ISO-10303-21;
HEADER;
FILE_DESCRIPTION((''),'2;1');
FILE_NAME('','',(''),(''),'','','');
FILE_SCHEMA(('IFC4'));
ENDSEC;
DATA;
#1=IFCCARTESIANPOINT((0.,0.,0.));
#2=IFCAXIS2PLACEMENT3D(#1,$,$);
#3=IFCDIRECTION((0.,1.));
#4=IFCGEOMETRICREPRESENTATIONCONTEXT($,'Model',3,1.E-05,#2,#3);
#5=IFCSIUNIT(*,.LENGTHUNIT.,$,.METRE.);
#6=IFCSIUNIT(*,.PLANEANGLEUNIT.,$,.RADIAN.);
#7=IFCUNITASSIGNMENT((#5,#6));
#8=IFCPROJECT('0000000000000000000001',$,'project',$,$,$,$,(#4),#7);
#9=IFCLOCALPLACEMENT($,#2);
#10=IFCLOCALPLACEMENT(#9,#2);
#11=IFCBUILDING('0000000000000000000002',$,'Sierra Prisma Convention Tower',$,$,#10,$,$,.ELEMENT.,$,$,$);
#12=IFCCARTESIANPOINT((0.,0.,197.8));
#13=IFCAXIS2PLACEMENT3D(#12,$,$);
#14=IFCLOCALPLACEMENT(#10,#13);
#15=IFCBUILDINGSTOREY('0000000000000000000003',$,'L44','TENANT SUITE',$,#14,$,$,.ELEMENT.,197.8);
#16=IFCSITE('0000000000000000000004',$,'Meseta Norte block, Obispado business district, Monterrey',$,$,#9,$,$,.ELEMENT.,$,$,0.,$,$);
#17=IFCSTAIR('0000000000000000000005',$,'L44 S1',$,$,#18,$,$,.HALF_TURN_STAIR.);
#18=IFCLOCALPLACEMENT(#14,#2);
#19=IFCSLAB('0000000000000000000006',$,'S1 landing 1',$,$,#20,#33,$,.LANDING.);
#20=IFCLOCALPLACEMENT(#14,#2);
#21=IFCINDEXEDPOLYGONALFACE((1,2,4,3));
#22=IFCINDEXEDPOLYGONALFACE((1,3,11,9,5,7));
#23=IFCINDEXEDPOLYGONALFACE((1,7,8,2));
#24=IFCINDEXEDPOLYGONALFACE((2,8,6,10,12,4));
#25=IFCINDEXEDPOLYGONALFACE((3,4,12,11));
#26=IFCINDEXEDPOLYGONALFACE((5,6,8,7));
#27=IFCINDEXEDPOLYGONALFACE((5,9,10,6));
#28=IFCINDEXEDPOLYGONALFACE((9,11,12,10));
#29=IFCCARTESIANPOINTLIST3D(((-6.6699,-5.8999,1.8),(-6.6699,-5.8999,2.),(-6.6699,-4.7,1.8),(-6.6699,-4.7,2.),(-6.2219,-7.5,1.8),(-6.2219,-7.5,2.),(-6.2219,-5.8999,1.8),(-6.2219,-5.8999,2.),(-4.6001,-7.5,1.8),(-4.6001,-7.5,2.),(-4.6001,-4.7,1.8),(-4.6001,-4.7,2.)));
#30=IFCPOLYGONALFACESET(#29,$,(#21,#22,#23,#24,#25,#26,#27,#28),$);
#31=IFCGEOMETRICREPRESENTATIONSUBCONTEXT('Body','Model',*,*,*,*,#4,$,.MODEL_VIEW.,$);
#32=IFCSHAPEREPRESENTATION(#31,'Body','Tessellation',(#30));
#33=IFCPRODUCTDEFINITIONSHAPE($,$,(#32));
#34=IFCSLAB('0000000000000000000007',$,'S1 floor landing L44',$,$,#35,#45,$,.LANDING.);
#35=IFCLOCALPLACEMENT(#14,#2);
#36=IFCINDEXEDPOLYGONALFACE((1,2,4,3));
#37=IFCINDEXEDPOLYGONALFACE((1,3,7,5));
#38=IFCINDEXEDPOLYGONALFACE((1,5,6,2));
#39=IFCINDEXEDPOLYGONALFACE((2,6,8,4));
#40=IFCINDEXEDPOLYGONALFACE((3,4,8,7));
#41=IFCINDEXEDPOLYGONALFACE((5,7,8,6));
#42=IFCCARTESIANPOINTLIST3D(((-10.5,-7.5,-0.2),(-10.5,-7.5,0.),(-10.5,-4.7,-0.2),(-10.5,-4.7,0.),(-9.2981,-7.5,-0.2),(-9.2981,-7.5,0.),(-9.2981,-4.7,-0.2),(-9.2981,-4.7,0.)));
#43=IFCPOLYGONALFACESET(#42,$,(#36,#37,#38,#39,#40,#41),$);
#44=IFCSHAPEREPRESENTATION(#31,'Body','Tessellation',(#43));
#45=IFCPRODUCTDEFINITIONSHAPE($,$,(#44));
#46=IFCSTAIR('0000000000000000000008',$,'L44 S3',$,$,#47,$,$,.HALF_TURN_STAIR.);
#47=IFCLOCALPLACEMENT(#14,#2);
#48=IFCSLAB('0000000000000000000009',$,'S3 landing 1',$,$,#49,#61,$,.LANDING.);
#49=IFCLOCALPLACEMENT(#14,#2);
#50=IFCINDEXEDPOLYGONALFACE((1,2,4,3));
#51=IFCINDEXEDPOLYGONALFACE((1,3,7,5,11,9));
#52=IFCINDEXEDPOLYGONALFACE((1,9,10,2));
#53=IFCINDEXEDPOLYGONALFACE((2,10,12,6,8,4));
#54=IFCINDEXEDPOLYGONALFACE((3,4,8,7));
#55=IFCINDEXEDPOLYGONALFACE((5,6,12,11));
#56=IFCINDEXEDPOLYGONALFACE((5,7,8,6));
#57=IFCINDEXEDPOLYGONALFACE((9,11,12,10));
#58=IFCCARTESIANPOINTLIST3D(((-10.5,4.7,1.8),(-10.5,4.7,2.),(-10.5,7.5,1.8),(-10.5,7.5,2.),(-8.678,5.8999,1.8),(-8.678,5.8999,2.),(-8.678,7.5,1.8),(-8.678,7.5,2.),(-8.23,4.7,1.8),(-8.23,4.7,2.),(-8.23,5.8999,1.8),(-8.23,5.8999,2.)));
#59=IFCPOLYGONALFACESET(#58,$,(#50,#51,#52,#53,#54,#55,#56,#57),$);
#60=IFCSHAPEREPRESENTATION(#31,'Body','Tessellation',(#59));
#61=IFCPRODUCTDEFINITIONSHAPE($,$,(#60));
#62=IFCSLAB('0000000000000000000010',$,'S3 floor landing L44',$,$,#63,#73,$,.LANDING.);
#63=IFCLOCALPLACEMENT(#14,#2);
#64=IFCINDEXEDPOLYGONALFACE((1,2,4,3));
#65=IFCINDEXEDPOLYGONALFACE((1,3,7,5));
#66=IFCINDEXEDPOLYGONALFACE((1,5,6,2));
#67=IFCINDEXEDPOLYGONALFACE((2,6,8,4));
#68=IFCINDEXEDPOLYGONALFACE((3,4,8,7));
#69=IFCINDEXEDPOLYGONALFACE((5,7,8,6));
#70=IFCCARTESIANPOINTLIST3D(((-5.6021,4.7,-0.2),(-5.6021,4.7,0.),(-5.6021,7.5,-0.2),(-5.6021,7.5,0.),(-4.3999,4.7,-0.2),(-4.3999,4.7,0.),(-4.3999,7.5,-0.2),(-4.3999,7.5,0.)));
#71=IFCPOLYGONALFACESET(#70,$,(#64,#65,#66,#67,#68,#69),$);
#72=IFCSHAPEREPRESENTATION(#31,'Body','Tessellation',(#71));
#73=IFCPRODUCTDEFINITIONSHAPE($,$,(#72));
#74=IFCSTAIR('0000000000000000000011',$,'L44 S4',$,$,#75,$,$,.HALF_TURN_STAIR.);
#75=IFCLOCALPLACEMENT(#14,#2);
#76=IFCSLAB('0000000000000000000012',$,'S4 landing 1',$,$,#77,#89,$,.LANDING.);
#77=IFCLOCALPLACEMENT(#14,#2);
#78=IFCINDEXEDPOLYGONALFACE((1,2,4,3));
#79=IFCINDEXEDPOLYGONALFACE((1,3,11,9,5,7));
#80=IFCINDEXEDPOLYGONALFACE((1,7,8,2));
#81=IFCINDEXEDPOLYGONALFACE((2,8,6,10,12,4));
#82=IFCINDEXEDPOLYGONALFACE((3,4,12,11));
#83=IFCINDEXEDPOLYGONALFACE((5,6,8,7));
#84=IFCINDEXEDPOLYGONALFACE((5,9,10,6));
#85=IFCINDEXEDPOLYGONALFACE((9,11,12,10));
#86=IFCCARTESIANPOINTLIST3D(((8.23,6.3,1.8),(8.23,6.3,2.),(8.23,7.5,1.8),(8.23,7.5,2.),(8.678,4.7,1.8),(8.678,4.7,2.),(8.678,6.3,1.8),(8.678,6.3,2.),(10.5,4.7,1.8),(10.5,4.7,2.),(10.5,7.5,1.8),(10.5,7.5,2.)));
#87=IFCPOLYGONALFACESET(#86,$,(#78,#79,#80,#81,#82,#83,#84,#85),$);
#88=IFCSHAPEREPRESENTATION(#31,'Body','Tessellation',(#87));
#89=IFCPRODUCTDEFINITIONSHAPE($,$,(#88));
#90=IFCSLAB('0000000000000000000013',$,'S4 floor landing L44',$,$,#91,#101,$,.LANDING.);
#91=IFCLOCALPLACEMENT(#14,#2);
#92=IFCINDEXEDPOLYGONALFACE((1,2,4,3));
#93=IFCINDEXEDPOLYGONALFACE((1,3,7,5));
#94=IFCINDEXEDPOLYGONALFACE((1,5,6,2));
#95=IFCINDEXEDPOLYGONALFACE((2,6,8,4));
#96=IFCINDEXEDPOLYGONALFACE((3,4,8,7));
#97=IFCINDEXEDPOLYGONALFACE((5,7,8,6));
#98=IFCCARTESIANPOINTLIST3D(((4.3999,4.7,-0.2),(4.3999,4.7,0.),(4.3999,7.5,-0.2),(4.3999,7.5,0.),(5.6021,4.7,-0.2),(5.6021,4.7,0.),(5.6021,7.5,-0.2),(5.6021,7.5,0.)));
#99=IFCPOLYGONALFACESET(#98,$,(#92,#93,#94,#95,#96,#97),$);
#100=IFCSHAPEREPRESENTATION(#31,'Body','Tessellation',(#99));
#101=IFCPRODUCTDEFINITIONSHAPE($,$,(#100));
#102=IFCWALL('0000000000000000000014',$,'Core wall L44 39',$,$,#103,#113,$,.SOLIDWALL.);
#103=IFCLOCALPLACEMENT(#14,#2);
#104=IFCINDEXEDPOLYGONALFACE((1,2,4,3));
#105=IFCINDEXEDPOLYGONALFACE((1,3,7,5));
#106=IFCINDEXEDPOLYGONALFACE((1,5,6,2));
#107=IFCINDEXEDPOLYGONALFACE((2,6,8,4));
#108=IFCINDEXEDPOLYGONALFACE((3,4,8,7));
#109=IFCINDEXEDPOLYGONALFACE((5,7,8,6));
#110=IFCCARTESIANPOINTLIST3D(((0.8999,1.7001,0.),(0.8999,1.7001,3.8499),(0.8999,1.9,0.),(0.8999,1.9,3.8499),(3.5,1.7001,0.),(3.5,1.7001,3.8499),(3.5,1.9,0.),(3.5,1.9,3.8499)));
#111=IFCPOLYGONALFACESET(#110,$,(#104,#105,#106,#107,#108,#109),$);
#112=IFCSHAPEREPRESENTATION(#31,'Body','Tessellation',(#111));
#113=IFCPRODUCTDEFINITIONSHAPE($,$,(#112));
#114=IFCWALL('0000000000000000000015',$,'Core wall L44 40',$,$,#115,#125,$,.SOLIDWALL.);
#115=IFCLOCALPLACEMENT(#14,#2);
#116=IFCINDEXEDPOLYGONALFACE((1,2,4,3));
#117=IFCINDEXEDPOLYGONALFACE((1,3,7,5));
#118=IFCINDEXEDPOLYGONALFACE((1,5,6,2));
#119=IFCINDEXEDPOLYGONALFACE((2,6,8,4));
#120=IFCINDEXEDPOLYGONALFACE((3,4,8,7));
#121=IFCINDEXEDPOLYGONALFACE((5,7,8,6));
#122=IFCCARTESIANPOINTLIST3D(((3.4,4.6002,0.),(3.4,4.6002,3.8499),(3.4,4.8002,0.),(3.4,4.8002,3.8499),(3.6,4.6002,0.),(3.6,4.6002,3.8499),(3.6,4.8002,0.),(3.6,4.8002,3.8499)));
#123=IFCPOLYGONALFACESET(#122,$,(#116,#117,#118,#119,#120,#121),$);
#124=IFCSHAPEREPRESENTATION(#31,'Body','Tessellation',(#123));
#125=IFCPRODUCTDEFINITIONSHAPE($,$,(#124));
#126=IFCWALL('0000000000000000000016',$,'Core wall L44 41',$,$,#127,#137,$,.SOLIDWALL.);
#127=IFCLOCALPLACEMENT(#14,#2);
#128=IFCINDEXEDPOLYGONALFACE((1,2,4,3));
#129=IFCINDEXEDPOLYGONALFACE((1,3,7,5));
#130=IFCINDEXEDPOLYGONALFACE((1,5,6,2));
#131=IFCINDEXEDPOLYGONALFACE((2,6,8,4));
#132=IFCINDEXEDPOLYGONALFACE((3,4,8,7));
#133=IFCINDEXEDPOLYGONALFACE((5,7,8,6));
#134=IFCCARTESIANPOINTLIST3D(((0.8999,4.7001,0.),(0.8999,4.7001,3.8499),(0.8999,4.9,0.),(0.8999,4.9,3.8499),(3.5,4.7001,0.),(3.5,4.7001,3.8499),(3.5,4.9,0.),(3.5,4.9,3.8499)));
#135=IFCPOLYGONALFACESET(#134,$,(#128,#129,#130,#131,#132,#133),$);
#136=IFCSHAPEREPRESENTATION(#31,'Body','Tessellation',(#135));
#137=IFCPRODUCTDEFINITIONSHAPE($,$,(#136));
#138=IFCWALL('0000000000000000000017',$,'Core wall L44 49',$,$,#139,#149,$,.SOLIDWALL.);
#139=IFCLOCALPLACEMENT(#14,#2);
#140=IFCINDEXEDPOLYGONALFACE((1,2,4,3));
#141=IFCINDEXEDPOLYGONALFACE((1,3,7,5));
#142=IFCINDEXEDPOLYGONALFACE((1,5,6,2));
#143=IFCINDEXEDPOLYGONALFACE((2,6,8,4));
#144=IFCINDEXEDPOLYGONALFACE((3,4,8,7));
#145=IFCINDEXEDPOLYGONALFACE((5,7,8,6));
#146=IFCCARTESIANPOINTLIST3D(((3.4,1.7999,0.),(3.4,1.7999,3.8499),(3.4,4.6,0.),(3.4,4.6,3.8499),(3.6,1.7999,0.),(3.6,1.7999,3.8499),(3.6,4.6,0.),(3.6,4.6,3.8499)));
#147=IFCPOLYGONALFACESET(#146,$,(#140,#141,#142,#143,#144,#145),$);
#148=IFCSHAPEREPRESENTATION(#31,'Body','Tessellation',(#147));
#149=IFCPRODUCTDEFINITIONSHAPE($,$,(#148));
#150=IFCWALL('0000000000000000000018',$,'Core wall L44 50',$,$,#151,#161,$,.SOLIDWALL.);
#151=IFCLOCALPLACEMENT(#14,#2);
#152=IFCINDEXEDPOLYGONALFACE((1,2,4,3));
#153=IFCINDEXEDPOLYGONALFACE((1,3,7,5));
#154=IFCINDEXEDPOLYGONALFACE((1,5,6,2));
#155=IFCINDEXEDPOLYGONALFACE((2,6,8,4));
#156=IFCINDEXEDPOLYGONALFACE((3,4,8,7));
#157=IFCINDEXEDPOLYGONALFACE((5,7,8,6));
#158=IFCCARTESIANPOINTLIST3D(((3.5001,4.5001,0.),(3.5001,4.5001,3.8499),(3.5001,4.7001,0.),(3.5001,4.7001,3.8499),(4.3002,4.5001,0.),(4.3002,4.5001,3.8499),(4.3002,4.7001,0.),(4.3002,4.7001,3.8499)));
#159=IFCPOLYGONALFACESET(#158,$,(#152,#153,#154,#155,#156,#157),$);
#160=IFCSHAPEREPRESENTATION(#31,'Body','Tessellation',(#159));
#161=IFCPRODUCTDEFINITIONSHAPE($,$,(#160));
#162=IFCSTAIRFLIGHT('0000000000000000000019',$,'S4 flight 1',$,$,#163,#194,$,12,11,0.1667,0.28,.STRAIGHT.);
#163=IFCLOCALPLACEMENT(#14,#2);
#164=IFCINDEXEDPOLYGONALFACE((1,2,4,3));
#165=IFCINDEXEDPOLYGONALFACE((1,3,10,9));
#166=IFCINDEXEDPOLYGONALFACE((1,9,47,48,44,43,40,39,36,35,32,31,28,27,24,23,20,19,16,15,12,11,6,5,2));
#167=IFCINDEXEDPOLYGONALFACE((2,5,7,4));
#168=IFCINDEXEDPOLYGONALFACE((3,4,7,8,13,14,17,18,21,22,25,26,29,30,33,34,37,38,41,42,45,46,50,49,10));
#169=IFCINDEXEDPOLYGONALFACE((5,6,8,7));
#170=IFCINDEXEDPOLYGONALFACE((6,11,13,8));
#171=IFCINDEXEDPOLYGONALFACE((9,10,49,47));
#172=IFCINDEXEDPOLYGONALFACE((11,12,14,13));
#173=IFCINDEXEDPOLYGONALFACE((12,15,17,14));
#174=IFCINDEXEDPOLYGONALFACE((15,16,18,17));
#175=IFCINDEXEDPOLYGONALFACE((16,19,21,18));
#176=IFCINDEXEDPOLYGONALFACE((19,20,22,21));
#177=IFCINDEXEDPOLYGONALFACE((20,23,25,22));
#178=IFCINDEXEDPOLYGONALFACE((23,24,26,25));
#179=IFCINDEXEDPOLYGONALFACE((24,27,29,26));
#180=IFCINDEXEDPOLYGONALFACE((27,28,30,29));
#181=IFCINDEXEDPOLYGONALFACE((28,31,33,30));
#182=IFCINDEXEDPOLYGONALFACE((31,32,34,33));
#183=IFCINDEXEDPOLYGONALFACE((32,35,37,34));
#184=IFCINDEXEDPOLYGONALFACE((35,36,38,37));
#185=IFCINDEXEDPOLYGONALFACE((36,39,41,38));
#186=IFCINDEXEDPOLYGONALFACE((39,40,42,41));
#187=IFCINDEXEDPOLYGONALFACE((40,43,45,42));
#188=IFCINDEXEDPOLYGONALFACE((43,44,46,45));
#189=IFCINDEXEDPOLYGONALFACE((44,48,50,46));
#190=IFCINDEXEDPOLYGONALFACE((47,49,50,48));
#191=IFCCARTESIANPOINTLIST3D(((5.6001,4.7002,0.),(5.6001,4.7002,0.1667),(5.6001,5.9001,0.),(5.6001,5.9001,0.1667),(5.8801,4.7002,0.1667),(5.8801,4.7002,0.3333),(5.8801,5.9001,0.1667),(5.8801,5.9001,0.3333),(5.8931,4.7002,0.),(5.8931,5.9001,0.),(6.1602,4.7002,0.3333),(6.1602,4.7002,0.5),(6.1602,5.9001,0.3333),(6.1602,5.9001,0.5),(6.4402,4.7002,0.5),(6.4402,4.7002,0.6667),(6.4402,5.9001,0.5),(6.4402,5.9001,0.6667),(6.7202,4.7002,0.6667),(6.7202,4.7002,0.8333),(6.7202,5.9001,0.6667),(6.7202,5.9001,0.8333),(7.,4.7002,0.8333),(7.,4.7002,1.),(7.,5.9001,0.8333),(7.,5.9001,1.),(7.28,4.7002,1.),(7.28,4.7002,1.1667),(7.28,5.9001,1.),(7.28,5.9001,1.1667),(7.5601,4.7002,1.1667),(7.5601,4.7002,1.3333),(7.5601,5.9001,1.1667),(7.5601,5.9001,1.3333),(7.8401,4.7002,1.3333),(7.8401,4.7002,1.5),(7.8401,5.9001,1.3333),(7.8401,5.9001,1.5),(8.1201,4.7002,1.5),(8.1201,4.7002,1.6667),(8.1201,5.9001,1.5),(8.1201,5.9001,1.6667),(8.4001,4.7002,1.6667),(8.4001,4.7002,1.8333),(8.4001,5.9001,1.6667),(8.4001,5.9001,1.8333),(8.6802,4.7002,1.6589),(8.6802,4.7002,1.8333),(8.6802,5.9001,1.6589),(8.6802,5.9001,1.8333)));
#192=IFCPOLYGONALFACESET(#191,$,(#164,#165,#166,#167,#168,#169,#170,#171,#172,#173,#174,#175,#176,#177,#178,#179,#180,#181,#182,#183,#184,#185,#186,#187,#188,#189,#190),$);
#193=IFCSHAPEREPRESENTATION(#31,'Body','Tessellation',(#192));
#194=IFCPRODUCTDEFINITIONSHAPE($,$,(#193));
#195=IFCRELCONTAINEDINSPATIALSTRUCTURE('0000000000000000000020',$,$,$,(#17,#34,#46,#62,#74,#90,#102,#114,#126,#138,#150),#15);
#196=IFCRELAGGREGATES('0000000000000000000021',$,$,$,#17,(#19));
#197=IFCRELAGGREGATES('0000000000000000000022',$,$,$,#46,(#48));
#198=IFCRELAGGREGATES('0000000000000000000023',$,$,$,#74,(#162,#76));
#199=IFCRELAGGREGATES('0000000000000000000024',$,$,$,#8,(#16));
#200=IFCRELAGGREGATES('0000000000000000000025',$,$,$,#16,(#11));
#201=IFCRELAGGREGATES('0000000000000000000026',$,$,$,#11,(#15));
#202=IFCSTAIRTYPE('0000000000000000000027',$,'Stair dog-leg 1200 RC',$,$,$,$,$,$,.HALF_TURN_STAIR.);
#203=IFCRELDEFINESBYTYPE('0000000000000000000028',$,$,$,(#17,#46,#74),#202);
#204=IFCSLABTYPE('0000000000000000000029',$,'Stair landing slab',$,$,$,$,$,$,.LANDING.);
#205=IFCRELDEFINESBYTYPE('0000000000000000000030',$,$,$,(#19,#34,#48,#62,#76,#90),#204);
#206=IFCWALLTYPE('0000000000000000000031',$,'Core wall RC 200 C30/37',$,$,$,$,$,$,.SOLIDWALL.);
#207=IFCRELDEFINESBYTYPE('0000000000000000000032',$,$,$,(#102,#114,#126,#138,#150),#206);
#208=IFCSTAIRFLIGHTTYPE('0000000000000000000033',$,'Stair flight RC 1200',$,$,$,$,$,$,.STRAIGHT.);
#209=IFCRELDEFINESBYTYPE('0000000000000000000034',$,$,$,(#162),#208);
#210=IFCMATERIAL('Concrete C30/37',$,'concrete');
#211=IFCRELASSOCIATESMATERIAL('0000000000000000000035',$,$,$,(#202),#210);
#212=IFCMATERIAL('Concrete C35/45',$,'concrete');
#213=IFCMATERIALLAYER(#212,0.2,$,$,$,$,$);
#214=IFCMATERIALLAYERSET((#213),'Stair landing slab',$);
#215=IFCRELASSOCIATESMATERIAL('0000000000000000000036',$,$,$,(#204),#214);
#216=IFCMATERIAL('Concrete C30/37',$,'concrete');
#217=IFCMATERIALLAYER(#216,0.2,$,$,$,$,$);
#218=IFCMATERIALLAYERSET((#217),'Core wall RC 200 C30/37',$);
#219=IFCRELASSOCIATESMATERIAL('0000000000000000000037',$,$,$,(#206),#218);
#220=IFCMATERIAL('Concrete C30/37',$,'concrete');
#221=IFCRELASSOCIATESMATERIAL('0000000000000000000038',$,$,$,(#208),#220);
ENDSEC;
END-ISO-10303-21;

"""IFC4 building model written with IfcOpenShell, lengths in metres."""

from ifc_helpers import new_model, si_unit, direction, frame, frame_2d, origin, place, context, subcontext, project, spatial, polyline, rectangle, outline, extrude, material, layer, layer_set, type_object, element, aggregate, save


model = new_model("IFC4")

# Units and contexts
model_context = context("Model", 3, precision=1e-05, world=origin(), true_north=direction((0.0, 1.0)))
body_context = subcontext(model_context, "Body", "Model", "MODEL_VIEW")
ifc_project = project(units=[si_unit("LENGTHUNIT", "METRE"), si_unit("PLANEANGLEUNIT", "RADIAN")], contexts=[model_context])

# Site, building, storey
site_placement = place(None, origin())
site = spatial("IfcSite", under=ifc_project, at=site_placement, Name="Meseta Norte block, Obispado business district, Monterrey", CompositionType="ELEMENT", RefElevation=0.0)
building_placement = place(site_placement, origin())
building = spatial("IfcBuilding", under=site, at=building_placement, Name="Sierra Prisma Convention Tower", CompositionType="ELEMENT")
storey_placement = place(building_placement, frame((0.0, 0.0, 197.8)))
storey = spatial("IfcBuildingStorey", under=building, at=storey_placement, Name="L44", Description="TENANT SUITE", CompositionType="ELEMENT", Elevation=197.8)

# Stair, slab
ifc_material_1 = material(Name="Concrete C30/37", Category="concrete")
stair_type = type_object("IfcStairType", Name="Stair dog-leg 1200 RC", PredefinedType="HALF_TURN_STAIR", material=ifc_material_1)
stair_1_placement = place(storey_placement, origin())
stair_1 = element("IfcStair", 1, at=stair_1_placement, inside=storey, type_object=stair_type, Name="L44 S1", PredefinedType="HALF_TURN_STAIR")
ifc_material_2 = material(Name="Concrete C35/45", Category="concrete")
ifc_layer_1 = layer(ifc_material_2, 0.2)
ifc_layer_set_1 = layer_set([ifc_layer_1], Name="Stair landing slab")
slab_type = type_object("IfcSlabType", Name="Stair landing slab", PredefinedType="LANDING", material=ifc_layer_set_1)
slab_1_placement = place(storey_placement, frame((0.0, 0.0, 1.8)))
slab_1 = element("IfcSlab", 2, at=slab_1_placement, type_object=slab_type, Name="S1 landing 1", PredefinedType="LANDING", context=body_context, shape_type="SweptSolid", body=[
    extrude(outline(polyline([(-4.6001, -4.7), (-4.6001, -7.5), (-6.2219, -7.5), (-6.2219, -5.8999), (-6.6699, -5.8999), (-6.6699, -4.7), (-4.6001, -4.7)])), origin(), (0.0, 0.0, 1.0), 0.2),
])
aggregate(stair_1, [slab_1])

# Slab
slab_2_placement = place(storey_placement, frame((0.0, 0.0, -0.2)))
element("IfcSlab", 3, at=slab_2_placement, inside=storey, type_object=slab_type, Name="S1 floor landing L44", PredefinedType="LANDING", context=body_context, shape_type="SweptSolid", body=[
    extrude(outline(polyline([(-10.5, -7.5), (-9.2981, -7.5), (-9.2981, -4.7), (-10.5, -4.7), (-10.5, -7.5)])), origin(), (0.0, 0.0, 1.0), 0.2),
])

# Stair, slab
stair_2_placement = place(storey_placement, origin())
stair_2 = element("IfcStair", 4, at=stair_2_placement, inside=storey, type_object=stair_type, Name="L44 S3", PredefinedType="HALF_TURN_STAIR")
slab_3_placement = place(storey_placement, frame((0.0, 0.0, 1.8)))
slab_3 = element("IfcSlab", 5, at=slab_3_placement, type_object=slab_type, Name="S3 landing 1", PredefinedType="LANDING", context=body_context, shape_type="SweptSolid", body=[
    extrude(outline(polyline([(-8.23, 5.8999), (-8.23, 4.7), (-10.5, 4.7), (-10.5, 7.5), (-8.678, 7.5), (-8.678, 5.8999), (-8.23, 5.8999)])), origin(), (0.0, 0.0, 1.0), 0.2),
])
aggregate(stair_2, [slab_3])

# Slab
slab_4_placement = place(storey_placement, frame((0.0, 0.0, -0.2)))
element("IfcSlab", 6, at=slab_4_placement, inside=storey, type_object=slab_type, Name="S3 floor landing L44", PredefinedType="LANDING", context=body_context, shape_type="SweptSolid", body=[
    extrude(outline(polyline([(-4.3999, 7.5), (-5.6021, 7.5), (-5.6021, 4.7), (-4.3999, 4.7), (-4.3999, 7.5)])), origin(), (0.0, 0.0, 1.0), 0.2),
])

# Stair, slab
stair_3_placement = place(storey_placement, origin())
stair_3 = element("IfcStair", 7, at=stair_3_placement, inside=storey, type_object=stair_type, Name="L44 S4", PredefinedType="HALF_TURN_STAIR")
slab_5_placement = place(storey_placement, frame((0.0, 0.0, 1.8)))
slab_5 = element("IfcSlab", 8, at=slab_5_placement, type_object=slab_type, Name="S4 landing 1", PredefinedType="LANDING", context=body_context, shape_type="SweptSolid", body=[
    extrude(outline(polyline([(10.5, 7.5), (10.5, 4.7), (8.678, 4.7), (8.678, 6.3), (8.23, 6.3), (8.23, 7.5), (10.5, 7.5)])), origin(), (0.0, 0.0, 1.0), 0.2),
])

# Slab
slab_6_placement = place(storey_placement, frame((0.0, 0.0, -0.2)))
element("IfcSlab", 9, at=slab_6_placement, inside=storey, type_object=slab_type, Name="S4 floor landing L44", PredefinedType="LANDING", context=body_context, shape_type="SweptSolid", body=[
    extrude(outline(polyline([(4.3999, 4.7), (5.6021, 4.7), (5.6021, 7.5), (4.3999, 7.5), (4.3999, 4.7)])), origin(), (0.0, 0.0, 1.0), 0.2),
])

# Shared definitions
ifc_material_3 = material(Name="Concrete C30/37", Category="concrete")
ifc_layer_2 = layer(ifc_material_3, 0.2)
ifc_layer_set_2 = layer_set([ifc_layer_2], Name="Core wall RC 200 C30/37")
wall_type = type_object("IfcWallType", Name="Core wall RC 200 C30/37", PredefinedType="SOLIDWALL", material=ifc_layer_set_2)

# Walls
wall_1_placement = place(storey_placement, frame((3.5, 1.8, 0.0), z_axis=(0.0, 0.0, 1.0), x_axis=(-1.0, 0.0, 0.0)))
element("IfcWall", 10, at=wall_1_placement, inside=storey, type_object=wall_type, Name="Core wall L44 39", PredefinedType="SOLIDWALL", context=body_context, shape_type="SweptSolid", body=[
    extrude(rectangle(XDim=2.6001, YDim=0.2, at=frame_2d((1.3, 0.0))), origin(), (0.0, 0.0, 1.0), 3.8499),
])
wall_2_placement = place(storey_placement, frame((3.5, 4.6001, 0.0), z_axis=(0.0, 0.0, 1.0), x_axis=(0.0, 1.0, 0.0)))
element("IfcWall", 11, at=wall_2_placement, inside=storey, type_object=wall_type, Name="Core wall L44 40", PredefinedType="SOLIDWALL", context=body_context, shape_type="SweptSolid", body=[
    extrude(rectangle(XDim=0.2, YDim=0.2, at=frame_2d((0.1001, 0.0))), origin(), (0.0, 0.0, 1.0), 3.8499),
])
wall_3_placement = place(storey_placement, frame((3.5, 4.8, 0.0), z_axis=(0.0, 0.0, 1.0), x_axis=(-1.0, 0.0, 0.0)))
element("IfcWall", 12, at=wall_3_placement, inside=storey, type_object=wall_type, Name="Core wall L44 41", PredefinedType="SOLIDWALL", context=body_context, shape_type="SweptSolid", body=[
    extrude(rectangle(XDim=2.6001, YDim=0.2, at=frame_2d((1.3, 0.0))), origin(), (0.0, 0.0, 1.0), 3.8499),
])

# Walls
wall_4_placement = place(storey_placement, frame((3.5, 1.8, 0.0), z_axis=(0.0, 0.0, 1.0), x_axis=(0.0, 1.0, 0.0)))
element("IfcWall", 13, at=wall_4_placement, inside=storey, type_object=wall_type, Name="Core wall L44 49", PredefinedType="SOLIDWALL", context=body_context, shape_type="SweptSolid", body=[
    extrude(rectangle(XDim=2.8, YDim=0.2, at=frame_2d((1.3999, 0.0))), origin(), (0.0, 0.0, 1.0), 3.8499),
])
wall_5_placement = place(storey_placement, frame((4.3, 4.6001, 0.0), z_axis=(0.0, 0.0, 1.0), x_axis=(-1.0, 0.0, 0.0)))
element("IfcWall", 14, at=wall_5_placement, inside=storey, type_object=wall_type, Name="Core wall L44 50", PredefinedType="SOLIDWALL", context=body_context, shape_type="SweptSolid", body=[
    extrude(rectangle(XDim=0.8, YDim=0.2, at=frame_2d((0.3999, 0.0))), origin(), (0.0, 0.0, 1.0), 3.8499),
])

# Stair flight
ifc_material_4 = material(Name="Concrete C30/37", Category="concrete")
stair_flight_type = type_object("IfcStairFlightType", Name="Stair flight RC 1200", PredefinedType="STRAIGHT", material=ifc_material_4)
stair_flight_placement = place(storey_placement, frame((5.6001, 5.3, 0.0), z_axis=(0.0, 0.0, 1.0), x_axis=(1.0, 0.0, 0.0)))
stair_flight = element("IfcStairFlight", 15, at=stair_flight_placement, type_object=stair_flight_type, Name="S4 flight 1", NumberOfRisers=12, NumberOfTreads=11, PredefinedType="STRAIGHT", RiserHeight=0.1667, TreadLength=0.28, context=body_context, shape_type="SweptSolid", body=[
    extrude(outline(polyline([(0.0, 0.0), (0.0, 0.1667), (0.28, 0.1667), (0.28, 0.3333), (0.5601, 0.3333), (0.5601, 0.5), (0.8401, 0.5), (0.8401, 0.6667), (1.1201, 0.6667), (1.1201, 0.8333), (1.3999, 0.8333), (1.3999, 1.0), (1.6799, 1.0), (1.6799, 1.1667), (1.96, 1.1667), (1.96, 1.3333), (2.24, 1.3333), (2.24, 1.5), (2.52, 1.5), (2.52, 1.6667), (2.8, 1.6667), (2.8, 1.8333), (3.0801, 1.8333), (3.0801, 2.0), (3.0801, 1.6589), (0.293, 0.0), (0.0, 0.0)])), frame((0.0, 0.6001, 0.0), z_axis=(0.0, -1.0, 0.0), x_axis=(1.0, 0.0, 0.0)), (0.0, 0.0, 1.0), 1.2),
])
aggregate(stair_3, [stair_flight, slab_5])

save(model, "model.ifc")
